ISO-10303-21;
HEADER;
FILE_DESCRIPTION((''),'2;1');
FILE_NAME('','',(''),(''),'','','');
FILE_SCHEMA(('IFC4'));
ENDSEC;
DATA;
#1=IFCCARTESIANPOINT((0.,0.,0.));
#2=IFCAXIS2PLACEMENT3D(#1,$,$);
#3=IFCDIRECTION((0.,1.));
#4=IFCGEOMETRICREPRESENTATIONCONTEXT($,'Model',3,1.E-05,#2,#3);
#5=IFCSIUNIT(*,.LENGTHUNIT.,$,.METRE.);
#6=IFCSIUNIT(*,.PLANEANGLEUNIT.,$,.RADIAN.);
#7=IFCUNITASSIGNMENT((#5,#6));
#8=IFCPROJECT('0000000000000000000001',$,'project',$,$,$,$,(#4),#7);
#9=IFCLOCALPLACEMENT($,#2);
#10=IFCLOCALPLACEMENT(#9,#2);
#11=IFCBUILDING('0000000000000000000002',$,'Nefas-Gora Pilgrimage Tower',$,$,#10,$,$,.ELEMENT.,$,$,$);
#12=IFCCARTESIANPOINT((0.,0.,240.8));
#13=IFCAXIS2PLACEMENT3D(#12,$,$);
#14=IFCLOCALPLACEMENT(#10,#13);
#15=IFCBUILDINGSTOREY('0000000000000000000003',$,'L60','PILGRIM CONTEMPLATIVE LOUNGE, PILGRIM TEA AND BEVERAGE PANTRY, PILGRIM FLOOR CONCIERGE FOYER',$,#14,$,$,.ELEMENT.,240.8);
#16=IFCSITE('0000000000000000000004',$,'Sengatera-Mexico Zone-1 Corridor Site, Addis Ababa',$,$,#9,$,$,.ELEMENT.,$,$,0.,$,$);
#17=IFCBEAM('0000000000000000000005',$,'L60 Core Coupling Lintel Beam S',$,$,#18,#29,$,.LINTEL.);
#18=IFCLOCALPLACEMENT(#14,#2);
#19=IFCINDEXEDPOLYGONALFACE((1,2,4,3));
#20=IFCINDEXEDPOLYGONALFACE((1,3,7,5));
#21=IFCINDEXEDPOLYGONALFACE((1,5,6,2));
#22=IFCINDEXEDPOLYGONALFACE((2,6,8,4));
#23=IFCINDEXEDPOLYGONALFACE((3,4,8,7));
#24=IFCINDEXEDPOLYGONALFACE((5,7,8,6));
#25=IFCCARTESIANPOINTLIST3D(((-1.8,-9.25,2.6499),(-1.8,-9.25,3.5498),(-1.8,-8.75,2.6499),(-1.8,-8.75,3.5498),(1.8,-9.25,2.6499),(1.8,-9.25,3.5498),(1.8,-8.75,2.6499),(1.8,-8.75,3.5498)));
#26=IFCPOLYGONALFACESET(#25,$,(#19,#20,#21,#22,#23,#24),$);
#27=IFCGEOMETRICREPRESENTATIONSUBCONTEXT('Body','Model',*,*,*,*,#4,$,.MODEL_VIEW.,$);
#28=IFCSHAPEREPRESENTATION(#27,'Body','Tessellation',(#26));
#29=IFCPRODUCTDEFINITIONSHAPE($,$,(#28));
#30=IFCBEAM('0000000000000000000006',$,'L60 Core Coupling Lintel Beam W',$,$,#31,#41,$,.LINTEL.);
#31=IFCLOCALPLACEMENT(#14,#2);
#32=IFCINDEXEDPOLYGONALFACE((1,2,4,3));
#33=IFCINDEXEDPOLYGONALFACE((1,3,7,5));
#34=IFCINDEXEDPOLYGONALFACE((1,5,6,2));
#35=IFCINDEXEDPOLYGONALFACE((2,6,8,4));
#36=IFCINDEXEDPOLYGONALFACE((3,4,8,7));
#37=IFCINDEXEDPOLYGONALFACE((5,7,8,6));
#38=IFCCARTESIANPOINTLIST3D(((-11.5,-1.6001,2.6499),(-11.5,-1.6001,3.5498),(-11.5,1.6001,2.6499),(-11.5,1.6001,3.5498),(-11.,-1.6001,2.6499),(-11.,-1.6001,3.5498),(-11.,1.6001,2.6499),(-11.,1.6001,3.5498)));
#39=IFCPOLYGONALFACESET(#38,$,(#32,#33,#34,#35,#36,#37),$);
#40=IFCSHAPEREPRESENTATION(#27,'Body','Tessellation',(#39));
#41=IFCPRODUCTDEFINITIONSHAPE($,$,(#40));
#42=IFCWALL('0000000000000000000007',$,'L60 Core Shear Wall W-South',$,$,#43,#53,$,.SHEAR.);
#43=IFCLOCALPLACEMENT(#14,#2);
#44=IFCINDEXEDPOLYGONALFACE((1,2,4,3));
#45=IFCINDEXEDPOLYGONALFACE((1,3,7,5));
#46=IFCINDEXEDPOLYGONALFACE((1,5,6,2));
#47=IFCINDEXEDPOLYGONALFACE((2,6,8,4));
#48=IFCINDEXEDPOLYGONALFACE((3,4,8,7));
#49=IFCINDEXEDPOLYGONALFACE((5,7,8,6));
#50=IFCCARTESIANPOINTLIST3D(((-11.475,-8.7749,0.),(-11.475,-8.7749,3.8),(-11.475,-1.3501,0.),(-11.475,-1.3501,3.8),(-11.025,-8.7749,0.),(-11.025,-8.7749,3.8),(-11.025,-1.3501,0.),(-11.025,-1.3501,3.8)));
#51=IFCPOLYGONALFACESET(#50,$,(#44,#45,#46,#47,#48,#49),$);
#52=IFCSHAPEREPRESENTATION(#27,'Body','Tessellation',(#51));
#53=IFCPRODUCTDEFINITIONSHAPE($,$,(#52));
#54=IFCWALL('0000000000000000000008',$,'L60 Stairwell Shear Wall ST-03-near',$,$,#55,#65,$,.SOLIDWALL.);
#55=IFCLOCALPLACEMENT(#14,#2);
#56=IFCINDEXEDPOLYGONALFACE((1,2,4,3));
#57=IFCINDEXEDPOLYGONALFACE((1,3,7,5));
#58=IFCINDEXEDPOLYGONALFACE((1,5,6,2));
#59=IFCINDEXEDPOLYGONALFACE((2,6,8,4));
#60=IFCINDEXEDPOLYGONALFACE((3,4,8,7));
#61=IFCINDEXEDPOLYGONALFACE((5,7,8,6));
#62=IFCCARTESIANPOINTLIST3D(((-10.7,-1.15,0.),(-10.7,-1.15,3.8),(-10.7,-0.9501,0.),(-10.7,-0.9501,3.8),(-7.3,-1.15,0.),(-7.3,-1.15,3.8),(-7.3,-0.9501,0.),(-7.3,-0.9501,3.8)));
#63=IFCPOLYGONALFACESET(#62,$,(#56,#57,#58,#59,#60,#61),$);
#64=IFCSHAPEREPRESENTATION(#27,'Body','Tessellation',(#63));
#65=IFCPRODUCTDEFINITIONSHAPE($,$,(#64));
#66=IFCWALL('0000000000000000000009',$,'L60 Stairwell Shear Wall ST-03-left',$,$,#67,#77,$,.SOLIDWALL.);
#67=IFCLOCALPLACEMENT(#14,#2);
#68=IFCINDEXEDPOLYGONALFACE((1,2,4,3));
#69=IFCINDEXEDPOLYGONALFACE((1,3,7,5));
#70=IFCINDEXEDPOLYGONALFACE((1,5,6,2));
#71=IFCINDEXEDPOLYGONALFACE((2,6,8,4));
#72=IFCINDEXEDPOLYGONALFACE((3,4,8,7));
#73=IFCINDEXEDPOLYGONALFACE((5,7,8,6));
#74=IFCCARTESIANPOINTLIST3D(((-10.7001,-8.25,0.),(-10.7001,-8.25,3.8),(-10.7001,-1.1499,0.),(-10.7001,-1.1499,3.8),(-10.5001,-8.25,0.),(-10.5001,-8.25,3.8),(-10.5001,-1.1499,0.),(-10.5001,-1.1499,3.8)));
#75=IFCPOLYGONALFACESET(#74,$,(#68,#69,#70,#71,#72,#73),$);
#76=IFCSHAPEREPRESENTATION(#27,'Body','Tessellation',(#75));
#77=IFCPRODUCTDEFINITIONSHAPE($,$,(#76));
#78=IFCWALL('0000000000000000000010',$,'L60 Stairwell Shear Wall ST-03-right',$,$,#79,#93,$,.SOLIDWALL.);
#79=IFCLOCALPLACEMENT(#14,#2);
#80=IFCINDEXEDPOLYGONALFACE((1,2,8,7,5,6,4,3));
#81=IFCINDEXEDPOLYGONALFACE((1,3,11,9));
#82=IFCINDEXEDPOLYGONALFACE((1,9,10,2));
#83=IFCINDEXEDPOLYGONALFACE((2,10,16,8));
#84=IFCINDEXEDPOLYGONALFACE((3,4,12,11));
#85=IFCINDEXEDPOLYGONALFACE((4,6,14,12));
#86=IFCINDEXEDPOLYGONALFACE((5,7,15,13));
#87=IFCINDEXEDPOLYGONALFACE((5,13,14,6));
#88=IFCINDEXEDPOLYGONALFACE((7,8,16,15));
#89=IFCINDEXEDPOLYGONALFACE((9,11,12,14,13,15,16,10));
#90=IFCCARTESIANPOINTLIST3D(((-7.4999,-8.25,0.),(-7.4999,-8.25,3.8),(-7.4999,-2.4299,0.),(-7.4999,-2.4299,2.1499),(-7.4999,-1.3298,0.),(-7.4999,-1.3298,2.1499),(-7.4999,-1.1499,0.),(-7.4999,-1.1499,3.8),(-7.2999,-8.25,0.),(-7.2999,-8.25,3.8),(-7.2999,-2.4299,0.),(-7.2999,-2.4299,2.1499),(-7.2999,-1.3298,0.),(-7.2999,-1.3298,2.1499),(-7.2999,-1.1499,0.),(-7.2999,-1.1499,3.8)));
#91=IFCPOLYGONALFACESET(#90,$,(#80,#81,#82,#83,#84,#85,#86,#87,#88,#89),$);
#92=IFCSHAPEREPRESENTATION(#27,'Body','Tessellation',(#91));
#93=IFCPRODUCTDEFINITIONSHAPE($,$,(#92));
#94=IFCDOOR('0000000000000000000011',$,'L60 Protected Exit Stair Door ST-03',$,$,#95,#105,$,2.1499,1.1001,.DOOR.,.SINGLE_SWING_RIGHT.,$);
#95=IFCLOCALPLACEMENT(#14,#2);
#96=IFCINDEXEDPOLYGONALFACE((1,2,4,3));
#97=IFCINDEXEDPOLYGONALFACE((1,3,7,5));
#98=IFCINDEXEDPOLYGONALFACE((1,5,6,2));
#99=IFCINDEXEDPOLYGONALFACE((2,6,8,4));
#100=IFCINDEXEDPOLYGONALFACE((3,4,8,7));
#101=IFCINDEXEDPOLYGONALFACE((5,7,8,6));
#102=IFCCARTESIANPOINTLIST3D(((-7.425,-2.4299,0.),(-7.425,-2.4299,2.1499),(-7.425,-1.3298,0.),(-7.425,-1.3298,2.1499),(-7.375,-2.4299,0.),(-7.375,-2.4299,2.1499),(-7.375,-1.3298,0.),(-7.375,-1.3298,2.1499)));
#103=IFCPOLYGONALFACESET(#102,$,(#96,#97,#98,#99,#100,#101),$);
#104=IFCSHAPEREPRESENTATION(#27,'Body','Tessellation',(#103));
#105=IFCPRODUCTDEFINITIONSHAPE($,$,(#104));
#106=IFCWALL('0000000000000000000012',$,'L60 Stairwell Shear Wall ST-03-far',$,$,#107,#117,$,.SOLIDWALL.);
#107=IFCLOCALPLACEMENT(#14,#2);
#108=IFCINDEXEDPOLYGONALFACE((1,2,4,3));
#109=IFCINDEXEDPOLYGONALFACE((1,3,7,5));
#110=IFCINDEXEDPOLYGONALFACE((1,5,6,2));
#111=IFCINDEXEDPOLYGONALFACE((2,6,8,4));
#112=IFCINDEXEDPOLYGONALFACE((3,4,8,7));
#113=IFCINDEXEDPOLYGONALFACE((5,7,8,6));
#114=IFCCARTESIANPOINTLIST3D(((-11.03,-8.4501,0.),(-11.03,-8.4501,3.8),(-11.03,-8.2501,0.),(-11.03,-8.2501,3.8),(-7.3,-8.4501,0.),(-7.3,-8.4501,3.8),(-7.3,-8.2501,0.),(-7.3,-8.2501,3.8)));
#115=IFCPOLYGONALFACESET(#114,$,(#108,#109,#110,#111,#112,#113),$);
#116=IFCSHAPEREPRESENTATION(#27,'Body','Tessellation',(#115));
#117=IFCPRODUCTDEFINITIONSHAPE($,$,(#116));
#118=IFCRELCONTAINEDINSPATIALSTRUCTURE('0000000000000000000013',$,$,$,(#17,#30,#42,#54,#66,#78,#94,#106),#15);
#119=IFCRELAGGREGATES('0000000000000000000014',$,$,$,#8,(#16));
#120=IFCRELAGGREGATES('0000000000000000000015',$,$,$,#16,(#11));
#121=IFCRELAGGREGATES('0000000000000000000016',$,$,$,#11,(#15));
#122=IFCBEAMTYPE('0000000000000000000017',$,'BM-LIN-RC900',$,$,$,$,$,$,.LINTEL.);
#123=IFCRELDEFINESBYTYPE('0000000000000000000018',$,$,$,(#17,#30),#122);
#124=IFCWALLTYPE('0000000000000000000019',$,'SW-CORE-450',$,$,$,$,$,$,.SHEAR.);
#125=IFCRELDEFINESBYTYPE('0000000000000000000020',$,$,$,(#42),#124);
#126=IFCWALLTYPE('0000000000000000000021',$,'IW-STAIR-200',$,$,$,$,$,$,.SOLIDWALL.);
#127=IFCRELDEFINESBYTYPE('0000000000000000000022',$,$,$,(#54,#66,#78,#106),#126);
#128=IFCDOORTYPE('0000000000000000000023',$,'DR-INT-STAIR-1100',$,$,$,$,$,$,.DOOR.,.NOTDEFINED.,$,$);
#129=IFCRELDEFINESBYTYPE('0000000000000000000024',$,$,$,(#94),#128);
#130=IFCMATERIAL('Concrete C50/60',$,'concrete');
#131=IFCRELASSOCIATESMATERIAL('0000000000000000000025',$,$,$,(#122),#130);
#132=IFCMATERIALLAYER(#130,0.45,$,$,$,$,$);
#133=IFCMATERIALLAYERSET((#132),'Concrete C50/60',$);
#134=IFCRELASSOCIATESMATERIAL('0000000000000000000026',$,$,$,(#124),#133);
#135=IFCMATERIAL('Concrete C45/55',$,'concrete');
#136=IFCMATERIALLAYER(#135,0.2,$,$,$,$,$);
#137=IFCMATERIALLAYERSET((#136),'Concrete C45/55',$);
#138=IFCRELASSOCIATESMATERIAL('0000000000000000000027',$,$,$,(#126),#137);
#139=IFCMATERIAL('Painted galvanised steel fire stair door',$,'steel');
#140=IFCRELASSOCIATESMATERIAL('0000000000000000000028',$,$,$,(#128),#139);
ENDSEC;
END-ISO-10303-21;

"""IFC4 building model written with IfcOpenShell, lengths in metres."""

from ifc_helpers import new_model, si_unit, direction, frame, frame_2d, origin, origin_2d, place, context, subcontext, project, spatial, rectangle, extrude, source, transform, mapped, material, layer, layer_set, material_profile, profile_set, type_object, element, fill, save


model = new_model("IFC4")

# Units and contexts
model_context = context("Model", 3, precision=1e-05, world=origin(), true_north=direction((0.0, 1.0)))
body_context = subcontext(model_context, "Body", "Model", "MODEL_VIEW")
ifc_project = project(units=[si_unit("LENGTHUNIT", "METRE"), si_unit("PLANEANGLEUNIT", "RADIAN")], contexts=[model_context])

# Site, building, storey
site_placement = place(None, origin())
site = spatial("IfcSite", under=ifc_project, at=site_placement, Name="Sengatera-Mexico Zone-1 Corridor Site, Addis Ababa", CompositionType="ELEMENT", RefElevation=0.0)
building_placement = place(site_placement, origin())
building = spatial("IfcBuilding", under=site, at=building_placement, Name="Nefas-Gora Pilgrimage Tower", CompositionType="ELEMENT")
storey_placement = place(building_placement, frame((0.0, 0.0, 240.8)))
storey = spatial("IfcBuildingStorey", under=building, at=storey_placement, Name="L60", Description="PILGRIM CONTEMPLATIVE LOUNGE, PILGRIM TEA AND BEVERAGE PANTRY, PILGRIM FLOOR CONCIERGE FOYER", CompositionType="ELEMENT", Elevation=240.8)

# Beams
ifc_material_1 = material(Name="Concrete C50/60", Category="concrete")
ifc_material_profile = material_profile(ifc_material_1, rectangle(XDim=0.5, YDim=0.8999, at=origin_2d()), Name="RC 500x900")
ifc_profile_set = profile_set([ifc_material_profile], Name="Concrete C50/60")
beam_type = type_object("IfcBeamType", Name="BM-LIN-RC900", PredefinedType="LINTEL", material=ifc_profile_set)
shared_shape_1 = source(origin(), body_context, "Body", "SweptSolid", [
    extrude(rectangle(XDim=0.5, YDim=0.8999, at=origin_2d()), origin(), (0.0, 0.0, 1.0), 3.6001),
])
beam_1_placement = place(storey_placement, frame((-1.8, -9.0, 3.0999), z_axis=(1.0, 0.0, 0.0), x_axis=(0.0, 1.0, 0.0)))
element("IfcBeam", 1, at=beam_1_placement, inside=storey, type_object=beam_type, Name="L60 Core Coupling Lintel Beam S", PredefinedType="LINTEL", context=body_context, shape_type="MappedRepresentation", body=[
    mapped(shared_shape_1, transform((0.0, 0.0, 0.0), x_axis=(1.0, 0.0, 0.0), y_axis=(0.0, 1.0, 0.0), z_axis=(0.0, 0.0, 1.0), scale=1.0)),
])
shared_shape_2 = source(origin(), body_context, "Body", "SweptSolid", [
    extrude(rectangle(XDim=0.5, YDim=0.8999, at=origin_2d()), origin(), (0.0, 0.0, 1.0), 3.2002),
])
beam_2_placement = place(storey_placement, frame((-11.25, -1.6001, 3.0999), z_axis=(0.0, 1.0, 0.0), x_axis=(-1.0, 0.0, 0.0)))
element("IfcBeam", 2, at=beam_2_placement, inside=storey, type_object=beam_type, Name="L60 Core Coupling Lintel Beam W", PredefinedType="LINTEL", context=body_context, shape_type="MappedRepresentation", body=[
    mapped(shared_shape_2, transform((0.0, 0.0, 0.0), x_axis=(1.0, 0.0, 0.0), y_axis=(0.0, 1.0, 0.0), z_axis=(0.0, 0.0, 1.0), scale=1.0)),
])

# Walls
ifc_layer_1 = layer(ifc_material_1, 0.45)
ifc_layer_set_1 = layer_set([ifc_layer_1], Name="Concrete C50/60")
wall_type_1 = type_object("IfcWallType", Name="SW-CORE-450", PredefinedType="SHEAR", material=ifc_layer_set_1)
shared_shape_3 = source(origin(), body_context, "Body", "SweptSolid", [
    extrude(rectangle(XDim=7.4248, YDim=0.45, at=frame_2d((3.7124, 0.0))), origin(), (0.0, 0.0, 1.0), 3.8),
])
wall_1_placement = place(storey_placement, frame((-11.25, -8.7749, 0.0), z_axis=(0.0, 0.0, 1.0), x_axis=(0.0, 1.0, 0.0)))
element("IfcWall", 3, at=wall_1_placement, inside=storey, type_object=wall_type_1, Name="L60 Core Shear Wall W-South", PredefinedType="SHEAR", context=body_context, shape_type="MappedRepresentation", body=[
    mapped(shared_shape_3, transform((0.0, 0.0, 0.0), x_axis=(1.0, 0.0, 0.0), y_axis=(0.0, 1.0, 0.0), z_axis=(0.0, 0.0, 1.0), scale=1.0)),
])
ifc_material_2 = material(Name="Concrete C45/55", Category="concrete")
ifc_layer_2 = layer(ifc_material_2, 0.2)
ifc_layer_set_2 = layer_set([ifc_layer_2], Name="Concrete C45/55")
wall_type_2 = type_object("IfcWallType", Name="IW-STAIR-200", PredefinedType="SOLIDWALL", material=ifc_layer_set_2)
shared_shape_4 = source(origin(), body_context, "Body", "SweptSolid", [
    extrude(rectangle(XDim=3.3999, YDim=0.2, at=frame_2d((1.7, 0.0))), origin(), (0.0, 0.0, 1.0), 3.8),
])
wall_2_placement = place(storey_placement, frame((-10.7, -1.05, 0.0), z_axis=(0.0, 0.0, 1.0), x_axis=(1.0, 0.0, 0.0)))
element("IfcWall", 4, at=wall_2_placement, inside=storey, type_object=wall_type_2, Name="L60 Stairwell Shear Wall ST-03-near", PredefinedType="SOLIDWALL", context=body_context, shape_type="MappedRepresentation", body=[
    mapped(shared_shape_4, transform((0.0, 0.0, 0.0), x_axis=(1.0, 0.0, 0.0), y_axis=(0.0, 1.0, 0.0), z_axis=(0.0, 0.0, 1.0), scale=1.0)),
])
shared_shape_5 = source(origin(), body_context, "Body", "SweptSolid", [
    extrude(rectangle(XDim=7.1001, YDim=0.2, at=frame_2d((3.55, 0.0))), origin(), (0.0, 0.0, 1.0), 3.8),
])
wall_3_placement = place(storey_placement, frame((-10.6001, -1.1499, 0.0), z_axis=(0.0, 0.0, 1.0), x_axis=(0.0, -1.0, 0.0)))
element("IfcWall", 5, at=wall_3_placement, inside=storey, type_object=wall_type_2, Name="L60 Stairwell Shear Wall ST-03-left", PredefinedType="SOLIDWALL", context=body_context, shape_type="MappedRepresentation", body=[
    mapped(shared_shape_5, transform((0.0, 0.0, 0.0), x_axis=(1.0, 0.0, 0.0), y_axis=(0.0, 1.0, 0.0), z_axis=(0.0, 0.0, 1.0), scale=1.0)),
])

# Wall, opening, door
wall_4_placement = place(storey_placement, frame((-7.3999, -1.1499, 0.0), z_axis=(0.0, 0.0, 1.0), x_axis=(0.0, -1.0, 0.0)))
wall_4 = element("IfcWall", 6, at=wall_4_placement, inside=storey, type_object=wall_type_2, Name="L60 Stairwell Shear Wall ST-03-right", PredefinedType="SOLIDWALL", context=body_context, shape_type="MappedRepresentation", body=[
    mapped(shared_shape_5, transform((0.0, 0.0, 0.0), x_axis=(1.0, 0.0, 0.0), y_axis=(0.0, 1.0, 0.0), z_axis=(0.0, 0.0, 1.0), scale=1.0)),
])
opening_1_placement = place(wall_4_placement, frame((0.1799, 0.0, 0.0)))
opening_1 = element("IfcOpeningElement", 7, at=opening_1_placement, cuts=wall_4, PredefinedType="OPENING", context=body_context, shape_type="SweptSolid", body=[
    extrude(rectangle(XDim=1.1001, YDim=2.1499, at=frame_2d((0.55, 1.075))), frame((0.0, 0.1099, 0.0), z_axis=(0.0, -1.0, 0.0), x_axis=(1.0, 0.0, 0.0)), (0.0, 0.0, 1.0), 0.22),
])
ifc_material_3 = material(Name="Painted galvanised steel fire stair door", Category="steel")
door_type_1 = type_object("IfcDoorType", Name="DR-INT-STAIR-1100", OperationType="NOTDEFINED", PredefinedType="DOOR", material=ifc_material_3)
shared_shape_6 = source(origin(), body_context, "Body", "SweptSolid", [
    extrude(rectangle(XDim=1.1001, YDim=2.1499, at=frame_2d((0.55, 1.075))), frame((0.0, 0.0249, 0.0), z_axis=(0.0, -1.0, 0.0), x_axis=(1.0, 0.0, 0.0)), (0.0, 0.0, 1.0), 0.05),
])
door_1_placement = place(opening_1_placement, origin())
door_1 = element("IfcDoor", 8, at=door_1_placement, inside=storey, type_object=door_type_1, Name="L60 Protected Exit Stair Door ST-03", OperationType="SINGLE_SWING_RIGHT", OverallHeight=2.1499, OverallWidth=1.1001, PredefinedType="DOOR", context=body_context, shape_type="MappedRepresentation", body=[
    mapped(shared_shape_6, transform((0.0, 0.0, 0.0), x_axis=(1.0, 0.0, 0.0), y_axis=(0.0, 1.0, 0.0), z_axis=(0.0, 0.0, 1.0), scale=1.0)),
])
fill(opening_1, door_1)

# Wall
shared_shape_7 = source(origin(), body_context, "Body", "SweptSolid", [
    extrude(rectangle(XDim=3.73, YDim=0.2, at=frame_2d((1.865, 0.0))), origin(), (0.0, 0.0, 1.0), 3.8),
])
wall_5_placement = place(storey_placement, frame((-11.03, -8.3501, 0.0), z_axis=(0.0, 0.0, 1.0), x_axis=(1.0, 0.0, 0.0)))
element("IfcWall", 9, at=wall_5_placement, inside=storey, type_object=wall_type_2, Name="L60 Stairwell Shear Wall ST-03-far", PredefinedType="SOLIDWALL", context=body_context, shape_type="MappedRepresentation", body=[
    mapped(shared_shape_7, transform((0.0, 0.0, 0.0), x_axis=(1.0, 0.0, 0.0), y_axis=(0.0, 1.0, 0.0), z_axis=(0.0, 0.0, 1.0), scale=1.0)),
])

save(model, "model.ifc")
